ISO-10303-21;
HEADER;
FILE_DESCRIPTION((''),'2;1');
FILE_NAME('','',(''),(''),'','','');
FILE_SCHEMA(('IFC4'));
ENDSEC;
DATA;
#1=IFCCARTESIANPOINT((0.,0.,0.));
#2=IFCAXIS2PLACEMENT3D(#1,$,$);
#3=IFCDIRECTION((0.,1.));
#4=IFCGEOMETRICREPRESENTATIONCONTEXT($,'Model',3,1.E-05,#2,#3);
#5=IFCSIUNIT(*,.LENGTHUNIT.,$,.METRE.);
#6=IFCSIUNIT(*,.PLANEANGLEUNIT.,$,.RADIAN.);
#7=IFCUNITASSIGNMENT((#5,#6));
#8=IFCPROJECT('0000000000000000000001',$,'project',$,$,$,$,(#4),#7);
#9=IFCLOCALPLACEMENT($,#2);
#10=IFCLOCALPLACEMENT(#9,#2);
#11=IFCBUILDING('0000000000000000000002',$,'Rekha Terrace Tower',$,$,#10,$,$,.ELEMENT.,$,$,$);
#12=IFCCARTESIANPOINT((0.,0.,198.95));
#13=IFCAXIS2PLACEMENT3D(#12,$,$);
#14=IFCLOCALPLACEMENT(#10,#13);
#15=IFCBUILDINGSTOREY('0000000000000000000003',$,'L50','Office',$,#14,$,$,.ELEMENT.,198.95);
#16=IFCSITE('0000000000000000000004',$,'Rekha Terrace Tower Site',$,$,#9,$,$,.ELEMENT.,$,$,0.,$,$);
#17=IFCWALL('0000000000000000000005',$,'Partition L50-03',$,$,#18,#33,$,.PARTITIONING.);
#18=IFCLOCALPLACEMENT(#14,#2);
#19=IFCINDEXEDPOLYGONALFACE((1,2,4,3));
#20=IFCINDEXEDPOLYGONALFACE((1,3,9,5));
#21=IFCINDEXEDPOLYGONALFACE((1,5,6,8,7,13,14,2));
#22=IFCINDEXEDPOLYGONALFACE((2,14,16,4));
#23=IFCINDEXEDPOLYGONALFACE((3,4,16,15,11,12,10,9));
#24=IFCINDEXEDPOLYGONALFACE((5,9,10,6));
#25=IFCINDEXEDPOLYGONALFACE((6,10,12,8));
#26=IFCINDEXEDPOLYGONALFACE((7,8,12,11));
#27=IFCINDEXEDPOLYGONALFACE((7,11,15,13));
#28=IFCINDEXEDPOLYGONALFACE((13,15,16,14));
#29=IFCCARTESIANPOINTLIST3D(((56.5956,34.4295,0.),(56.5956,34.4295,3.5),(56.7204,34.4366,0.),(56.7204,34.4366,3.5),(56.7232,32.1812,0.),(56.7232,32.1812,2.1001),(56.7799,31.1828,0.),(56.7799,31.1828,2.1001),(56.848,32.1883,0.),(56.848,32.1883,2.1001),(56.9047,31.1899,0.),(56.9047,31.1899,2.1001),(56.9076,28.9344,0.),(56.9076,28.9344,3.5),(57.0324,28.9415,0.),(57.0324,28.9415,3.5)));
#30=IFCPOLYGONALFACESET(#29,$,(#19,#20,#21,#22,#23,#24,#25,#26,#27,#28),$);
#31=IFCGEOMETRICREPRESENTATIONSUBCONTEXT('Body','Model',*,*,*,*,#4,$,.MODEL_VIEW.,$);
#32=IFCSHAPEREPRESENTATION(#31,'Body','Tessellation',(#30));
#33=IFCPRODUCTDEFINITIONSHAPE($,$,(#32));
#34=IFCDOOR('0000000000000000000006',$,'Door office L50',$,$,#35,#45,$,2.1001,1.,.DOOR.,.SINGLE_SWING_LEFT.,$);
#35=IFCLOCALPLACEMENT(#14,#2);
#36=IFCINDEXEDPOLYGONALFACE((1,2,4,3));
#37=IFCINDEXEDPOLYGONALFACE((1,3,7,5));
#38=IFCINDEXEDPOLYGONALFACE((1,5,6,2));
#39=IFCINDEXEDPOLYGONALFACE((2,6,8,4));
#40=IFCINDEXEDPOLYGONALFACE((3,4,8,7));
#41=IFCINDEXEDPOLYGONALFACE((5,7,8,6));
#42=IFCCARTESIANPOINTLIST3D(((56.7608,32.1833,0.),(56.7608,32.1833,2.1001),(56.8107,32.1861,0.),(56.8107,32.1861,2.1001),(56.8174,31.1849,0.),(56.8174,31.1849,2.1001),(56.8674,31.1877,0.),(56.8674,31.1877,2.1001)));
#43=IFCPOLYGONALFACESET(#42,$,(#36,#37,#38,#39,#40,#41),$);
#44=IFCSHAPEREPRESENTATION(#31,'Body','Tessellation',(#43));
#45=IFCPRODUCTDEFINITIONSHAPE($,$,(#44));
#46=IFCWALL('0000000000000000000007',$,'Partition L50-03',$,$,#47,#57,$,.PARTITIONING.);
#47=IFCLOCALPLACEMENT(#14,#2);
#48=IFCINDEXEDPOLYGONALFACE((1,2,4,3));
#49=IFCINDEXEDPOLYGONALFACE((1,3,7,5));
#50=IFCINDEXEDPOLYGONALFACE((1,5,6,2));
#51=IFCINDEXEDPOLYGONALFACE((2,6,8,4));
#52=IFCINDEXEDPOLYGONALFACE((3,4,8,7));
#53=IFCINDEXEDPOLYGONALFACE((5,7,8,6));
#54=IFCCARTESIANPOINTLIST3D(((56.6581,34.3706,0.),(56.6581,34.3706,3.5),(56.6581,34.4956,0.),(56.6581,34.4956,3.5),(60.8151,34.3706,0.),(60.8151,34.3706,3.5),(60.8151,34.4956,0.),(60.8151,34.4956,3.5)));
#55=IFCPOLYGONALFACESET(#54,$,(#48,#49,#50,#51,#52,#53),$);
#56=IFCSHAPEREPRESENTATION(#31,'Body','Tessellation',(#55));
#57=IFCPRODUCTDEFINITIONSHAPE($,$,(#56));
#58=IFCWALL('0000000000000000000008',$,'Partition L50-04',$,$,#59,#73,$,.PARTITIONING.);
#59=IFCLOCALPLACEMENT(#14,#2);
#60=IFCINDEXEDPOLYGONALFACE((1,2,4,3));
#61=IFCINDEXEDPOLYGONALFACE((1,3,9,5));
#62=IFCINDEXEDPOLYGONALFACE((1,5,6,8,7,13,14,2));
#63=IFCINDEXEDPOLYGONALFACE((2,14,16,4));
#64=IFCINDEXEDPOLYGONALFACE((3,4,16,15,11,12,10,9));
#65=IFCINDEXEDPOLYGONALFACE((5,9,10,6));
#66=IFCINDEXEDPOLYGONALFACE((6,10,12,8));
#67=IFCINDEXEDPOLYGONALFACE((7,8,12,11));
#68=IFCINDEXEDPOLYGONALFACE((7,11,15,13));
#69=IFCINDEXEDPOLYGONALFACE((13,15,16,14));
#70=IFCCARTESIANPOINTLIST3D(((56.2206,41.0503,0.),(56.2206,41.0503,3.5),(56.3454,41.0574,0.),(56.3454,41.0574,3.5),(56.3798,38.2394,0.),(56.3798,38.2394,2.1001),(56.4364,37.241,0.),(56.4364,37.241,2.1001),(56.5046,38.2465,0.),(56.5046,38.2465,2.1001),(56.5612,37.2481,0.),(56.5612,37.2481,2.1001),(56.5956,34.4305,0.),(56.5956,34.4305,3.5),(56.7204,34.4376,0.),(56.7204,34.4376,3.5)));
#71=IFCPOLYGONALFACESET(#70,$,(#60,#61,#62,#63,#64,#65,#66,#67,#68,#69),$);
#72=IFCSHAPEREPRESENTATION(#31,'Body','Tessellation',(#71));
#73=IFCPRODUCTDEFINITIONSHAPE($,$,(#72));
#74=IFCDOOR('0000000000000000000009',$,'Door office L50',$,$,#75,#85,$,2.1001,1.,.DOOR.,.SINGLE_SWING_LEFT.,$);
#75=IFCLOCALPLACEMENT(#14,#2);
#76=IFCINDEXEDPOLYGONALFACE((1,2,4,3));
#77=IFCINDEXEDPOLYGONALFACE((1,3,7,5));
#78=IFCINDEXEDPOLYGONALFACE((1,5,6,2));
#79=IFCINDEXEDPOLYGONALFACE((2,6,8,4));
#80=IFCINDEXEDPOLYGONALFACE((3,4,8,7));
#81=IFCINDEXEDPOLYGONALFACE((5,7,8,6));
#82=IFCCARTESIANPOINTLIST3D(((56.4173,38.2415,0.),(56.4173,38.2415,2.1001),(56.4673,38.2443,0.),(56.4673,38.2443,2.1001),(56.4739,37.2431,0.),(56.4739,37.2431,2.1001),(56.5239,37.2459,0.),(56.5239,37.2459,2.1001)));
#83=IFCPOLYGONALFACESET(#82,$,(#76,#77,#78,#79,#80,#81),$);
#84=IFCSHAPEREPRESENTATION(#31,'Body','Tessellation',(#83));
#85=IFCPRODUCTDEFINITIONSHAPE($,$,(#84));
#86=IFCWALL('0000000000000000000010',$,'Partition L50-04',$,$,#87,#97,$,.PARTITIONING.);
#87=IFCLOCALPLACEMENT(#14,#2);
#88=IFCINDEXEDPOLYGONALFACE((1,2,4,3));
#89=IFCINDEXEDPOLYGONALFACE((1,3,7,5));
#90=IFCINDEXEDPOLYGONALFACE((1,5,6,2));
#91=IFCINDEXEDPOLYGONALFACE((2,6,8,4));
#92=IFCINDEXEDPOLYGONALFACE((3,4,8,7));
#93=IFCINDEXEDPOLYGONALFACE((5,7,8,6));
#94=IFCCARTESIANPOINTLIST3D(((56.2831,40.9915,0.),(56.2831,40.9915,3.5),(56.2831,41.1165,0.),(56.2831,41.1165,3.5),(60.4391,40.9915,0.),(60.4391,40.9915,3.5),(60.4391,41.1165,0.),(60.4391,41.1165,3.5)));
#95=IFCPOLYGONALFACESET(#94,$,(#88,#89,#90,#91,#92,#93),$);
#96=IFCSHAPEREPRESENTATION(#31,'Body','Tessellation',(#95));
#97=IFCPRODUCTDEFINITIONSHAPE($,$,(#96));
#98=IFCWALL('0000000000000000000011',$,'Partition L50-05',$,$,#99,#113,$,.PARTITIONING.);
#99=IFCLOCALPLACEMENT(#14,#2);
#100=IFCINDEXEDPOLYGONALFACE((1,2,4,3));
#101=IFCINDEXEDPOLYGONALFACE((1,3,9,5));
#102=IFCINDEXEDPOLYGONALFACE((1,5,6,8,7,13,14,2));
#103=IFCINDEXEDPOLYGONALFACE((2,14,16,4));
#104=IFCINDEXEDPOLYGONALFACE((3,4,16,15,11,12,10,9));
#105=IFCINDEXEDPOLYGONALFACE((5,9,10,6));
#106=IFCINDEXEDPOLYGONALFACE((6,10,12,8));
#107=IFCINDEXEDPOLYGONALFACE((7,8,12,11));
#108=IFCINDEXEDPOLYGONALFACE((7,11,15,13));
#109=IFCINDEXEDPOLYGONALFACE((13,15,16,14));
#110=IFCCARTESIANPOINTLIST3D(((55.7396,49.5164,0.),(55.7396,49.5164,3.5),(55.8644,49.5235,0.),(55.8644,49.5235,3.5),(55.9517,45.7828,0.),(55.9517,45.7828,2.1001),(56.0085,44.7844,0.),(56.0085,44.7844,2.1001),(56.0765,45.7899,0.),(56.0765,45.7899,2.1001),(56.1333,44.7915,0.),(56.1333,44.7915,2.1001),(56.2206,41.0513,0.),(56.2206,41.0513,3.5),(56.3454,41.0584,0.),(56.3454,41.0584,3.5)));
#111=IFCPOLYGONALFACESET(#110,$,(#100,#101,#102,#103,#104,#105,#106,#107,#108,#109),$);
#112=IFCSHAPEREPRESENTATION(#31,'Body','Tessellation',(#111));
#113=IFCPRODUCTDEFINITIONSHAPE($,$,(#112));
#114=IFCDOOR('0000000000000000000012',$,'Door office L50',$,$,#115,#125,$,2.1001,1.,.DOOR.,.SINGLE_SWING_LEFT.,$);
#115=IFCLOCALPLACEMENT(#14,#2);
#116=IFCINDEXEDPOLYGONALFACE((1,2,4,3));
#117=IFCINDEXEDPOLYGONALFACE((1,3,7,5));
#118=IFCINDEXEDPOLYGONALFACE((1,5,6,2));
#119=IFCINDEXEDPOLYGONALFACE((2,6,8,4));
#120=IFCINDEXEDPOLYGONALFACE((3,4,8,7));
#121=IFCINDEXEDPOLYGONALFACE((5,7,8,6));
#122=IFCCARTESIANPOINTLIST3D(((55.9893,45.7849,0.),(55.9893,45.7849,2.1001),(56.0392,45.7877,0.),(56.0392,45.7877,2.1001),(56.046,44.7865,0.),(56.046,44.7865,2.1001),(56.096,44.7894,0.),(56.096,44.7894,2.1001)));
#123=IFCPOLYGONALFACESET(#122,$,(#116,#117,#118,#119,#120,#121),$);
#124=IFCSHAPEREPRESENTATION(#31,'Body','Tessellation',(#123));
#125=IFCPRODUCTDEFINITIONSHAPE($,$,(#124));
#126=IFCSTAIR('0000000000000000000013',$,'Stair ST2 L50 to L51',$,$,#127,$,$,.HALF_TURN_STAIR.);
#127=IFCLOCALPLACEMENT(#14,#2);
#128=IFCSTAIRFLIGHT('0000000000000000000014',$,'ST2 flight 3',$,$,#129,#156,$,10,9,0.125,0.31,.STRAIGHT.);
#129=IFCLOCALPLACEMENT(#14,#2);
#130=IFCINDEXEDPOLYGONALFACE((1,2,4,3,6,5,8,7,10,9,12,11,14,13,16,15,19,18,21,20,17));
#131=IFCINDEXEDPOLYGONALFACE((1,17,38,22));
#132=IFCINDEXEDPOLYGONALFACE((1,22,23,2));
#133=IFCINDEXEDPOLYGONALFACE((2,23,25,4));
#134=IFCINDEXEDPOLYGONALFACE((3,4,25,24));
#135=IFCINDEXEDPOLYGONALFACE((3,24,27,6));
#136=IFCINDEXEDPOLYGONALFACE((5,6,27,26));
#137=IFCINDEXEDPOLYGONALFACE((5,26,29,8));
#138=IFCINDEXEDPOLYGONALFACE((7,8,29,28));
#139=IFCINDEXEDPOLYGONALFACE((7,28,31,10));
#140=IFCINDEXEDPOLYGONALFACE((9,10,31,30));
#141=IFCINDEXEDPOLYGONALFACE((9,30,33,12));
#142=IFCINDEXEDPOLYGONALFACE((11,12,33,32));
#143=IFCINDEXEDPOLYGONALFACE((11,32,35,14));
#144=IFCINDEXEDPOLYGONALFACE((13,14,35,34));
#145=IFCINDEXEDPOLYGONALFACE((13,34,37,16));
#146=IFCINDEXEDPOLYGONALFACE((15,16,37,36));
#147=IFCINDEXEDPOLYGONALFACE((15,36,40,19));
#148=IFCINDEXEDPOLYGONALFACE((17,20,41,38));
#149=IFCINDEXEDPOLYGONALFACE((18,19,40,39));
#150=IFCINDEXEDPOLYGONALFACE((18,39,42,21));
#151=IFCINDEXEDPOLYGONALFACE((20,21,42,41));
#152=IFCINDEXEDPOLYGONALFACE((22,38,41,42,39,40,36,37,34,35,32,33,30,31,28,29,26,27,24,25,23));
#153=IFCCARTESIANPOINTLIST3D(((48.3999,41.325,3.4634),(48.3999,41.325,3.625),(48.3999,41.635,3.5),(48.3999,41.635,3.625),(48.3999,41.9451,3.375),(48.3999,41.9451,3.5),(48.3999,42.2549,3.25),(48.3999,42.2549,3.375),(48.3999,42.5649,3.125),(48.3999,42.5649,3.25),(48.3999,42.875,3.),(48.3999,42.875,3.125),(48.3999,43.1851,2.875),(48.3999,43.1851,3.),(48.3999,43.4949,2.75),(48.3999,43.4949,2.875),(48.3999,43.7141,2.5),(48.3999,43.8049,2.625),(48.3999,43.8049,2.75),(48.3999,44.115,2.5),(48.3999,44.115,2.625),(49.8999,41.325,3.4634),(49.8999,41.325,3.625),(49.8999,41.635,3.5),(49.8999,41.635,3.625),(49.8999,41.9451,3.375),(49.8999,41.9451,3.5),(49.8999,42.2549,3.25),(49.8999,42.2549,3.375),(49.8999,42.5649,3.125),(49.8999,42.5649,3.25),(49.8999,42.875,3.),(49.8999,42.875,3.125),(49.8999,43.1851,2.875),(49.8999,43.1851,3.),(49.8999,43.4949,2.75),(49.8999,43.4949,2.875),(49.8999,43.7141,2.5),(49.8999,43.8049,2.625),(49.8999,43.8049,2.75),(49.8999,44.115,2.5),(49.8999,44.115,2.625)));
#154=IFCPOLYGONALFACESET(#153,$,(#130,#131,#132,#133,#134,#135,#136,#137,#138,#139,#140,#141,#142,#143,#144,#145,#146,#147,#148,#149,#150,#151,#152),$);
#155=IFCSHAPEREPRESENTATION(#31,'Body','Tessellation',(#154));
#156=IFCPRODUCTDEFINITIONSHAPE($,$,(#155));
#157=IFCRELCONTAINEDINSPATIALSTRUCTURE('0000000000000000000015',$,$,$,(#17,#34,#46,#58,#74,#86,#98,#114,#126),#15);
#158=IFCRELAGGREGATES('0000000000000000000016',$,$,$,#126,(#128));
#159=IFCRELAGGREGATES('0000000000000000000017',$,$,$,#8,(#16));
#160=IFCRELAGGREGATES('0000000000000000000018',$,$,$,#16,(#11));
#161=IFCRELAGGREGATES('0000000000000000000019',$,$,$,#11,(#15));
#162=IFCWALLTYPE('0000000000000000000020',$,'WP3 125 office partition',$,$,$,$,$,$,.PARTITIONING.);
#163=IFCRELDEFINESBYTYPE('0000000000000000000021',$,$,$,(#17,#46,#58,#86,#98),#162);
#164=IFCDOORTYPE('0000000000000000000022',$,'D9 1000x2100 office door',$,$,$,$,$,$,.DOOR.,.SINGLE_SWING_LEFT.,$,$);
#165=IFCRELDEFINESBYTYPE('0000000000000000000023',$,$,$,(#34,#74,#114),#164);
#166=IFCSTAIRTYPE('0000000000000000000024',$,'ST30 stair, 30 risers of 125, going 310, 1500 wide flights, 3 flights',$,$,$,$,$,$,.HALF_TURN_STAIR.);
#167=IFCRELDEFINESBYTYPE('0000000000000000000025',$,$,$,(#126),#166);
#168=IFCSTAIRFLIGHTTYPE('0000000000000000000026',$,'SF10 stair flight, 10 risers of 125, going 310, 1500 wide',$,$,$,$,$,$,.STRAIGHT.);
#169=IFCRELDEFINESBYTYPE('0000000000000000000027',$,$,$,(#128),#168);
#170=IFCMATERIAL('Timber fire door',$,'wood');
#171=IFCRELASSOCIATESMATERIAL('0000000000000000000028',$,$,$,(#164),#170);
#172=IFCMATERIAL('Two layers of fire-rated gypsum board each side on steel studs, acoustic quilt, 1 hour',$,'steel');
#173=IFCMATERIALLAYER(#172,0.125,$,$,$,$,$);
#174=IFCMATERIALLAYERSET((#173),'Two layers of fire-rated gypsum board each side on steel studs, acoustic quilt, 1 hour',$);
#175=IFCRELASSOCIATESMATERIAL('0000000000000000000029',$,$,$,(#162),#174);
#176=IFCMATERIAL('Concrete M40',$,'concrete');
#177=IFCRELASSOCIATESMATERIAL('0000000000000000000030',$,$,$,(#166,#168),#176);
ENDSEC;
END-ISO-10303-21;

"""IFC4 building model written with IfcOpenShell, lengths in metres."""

from ifc_helpers import new_model, si_unit, direction, frame, frame_2d, origin, place, context, subcontext, project, spatial, polyline, rectangle, outline, extrude, material, layer, layer_set, type_object, element, fill, aggregate, save


model = new_model("IFC4")

# Units and contexts
model_context = context("Model", 3, precision=1e-05, world=origin(), true_north=direction((0.0, 1.0)))
body_context = subcontext(model_context, "Body", "Model", "MODEL_VIEW")
ifc_project = project(units=[si_unit("LENGTHUNIT", "METRE"), si_unit("PLANEANGLEUNIT", "RADIAN")], contexts=[model_context])

# Site, building, storey
site_placement = place(None, origin())
site = spatial("IfcSite", under=ifc_project, at=site_placement, Name="Rekha Terrace Tower Site", CompositionType="ELEMENT", RefElevation=0.0)
building_placement = place(site_placement, origin())
building = spatial("IfcBuilding", under=site, at=building_placement, Name="Rekha Terrace Tower", CompositionType="ELEMENT")
storey_placement = place(building_placement, frame((0.0, 0.0, 198.95)))
storey = spatial("IfcBuildingStorey", under=building, at=storey_placement, Name="L50", Description="Office", CompositionType="ELEMENT", Elevation=198.95)

# Wall, opening, door
ifc_material_1 = material(Name="Timber fire door", Category="wood")
door_type = type_object("IfcDoorType", Name="D9 1000x2100 office door", OperationType="SINGLE_SWING_LEFT", PredefinedType="DOOR", material=ifc_material_1)
ifc_material_2 = material(Name="Two layers of fire-rated gypsum board each side on steel studs, acoustic quilt, 1 hour", Category="steel")
ifc_layer_1 = layer(ifc_material_2, 0.125)
ifc_layer_set_1 = layer_set([ifc_layer_1], Name="Two layers of fire-rated gypsum board each side on steel studs, acoustic quilt, 1 hour")
wall_type_1 = type_object("IfcWallType", Name="WP3 125 office partition", PredefinedType="PARTITIONING", material=ifc_layer_set_1)
wall_1_placement = place(storey_placement, frame((56.97, 28.938, 0.0), z_axis=(0.0, 0.0, 1.0), x_axis=(-0.056689, 0.998392, 0.0)))
wall_1 = element("IfcWall", 1, at=wall_1_placement, inside=storey, type_object=wall_type_1, Name="Partition L50-03", PredefinedType="PARTITIONING", context=body_context, shape_type="SweptSolid", body=[
    extrude(rectangle(XDim=5.5039, YDim=0.125, at=frame_2d((2.752, 0.0))), origin(), (0.0, 0.0, 1.0), 3.5),
])
opening_1_placement = place(wall_1_placement, frame((2.252, 0.0, 0.0)))
opening_1 = element("IfcOpeningElement", 2, at=opening_1_placement, cuts=wall_1, PredefinedType="OPENING", context=body_context, shape_type="SweptSolid", body=[
    extrude(rectangle(XDim=1.0, YDim=2.1001, at=frame_2d((0.5, 1.05))), frame((0.0, 0.0725, 0.0), z_axis=(0.0, -1.0, 0.0), x_axis=(1.0, 0.0, 0.0)), (0.0, 0.0, 1.0), 0.145),
])
door_1_placement = place(opening_1_placement, origin())
door_1 = element("IfcDoor", 3, at=door_1_placement, inside=storey, type_object=door_type, Name="Door office L50", OperationType="SINGLE_SWING_LEFT", OverallHeight=2.1001, OverallWidth=1.0, PredefinedType="DOOR", context=body_context, shape_type="SweptSolid", body=[
    extrude(rectangle(XDim=1.0, YDim=2.1001, at=frame_2d((0.5, 1.05))), frame((0.0, 0.0249, 0.0), z_axis=(0.0, -1.0, 0.0), x_axis=(1.0, 0.0, 0.0)), (0.0, 0.0, 1.0), 0.05),
])
fill(opening_1, door_1)

# Wall
wall_2_placement = place(storey_placement, frame((56.658, 34.4331, 0.0), z_axis=(0.0, 0.0, 1.0), x_axis=(1.0, 0.0, 0.0)))
element("IfcWall", 4, at=wall_2_placement, inside=storey, type_object=wall_type_1, Name="Partition L50-03", PredefinedType="PARTITIONING", context=body_context, shape_type="SweptSolid", body=[
    extrude(rectangle(XDim=4.157, YDim=0.125, at=frame_2d((2.0786, 0.0))), origin(), (0.0, 0.0, 1.0), 3.5),
])

# Wall, opening, door
wall_3_placement = place(storey_placement, frame((56.658, 34.4341, 0.0), z_axis=(0.0, 0.0, 1.0), x_axis=(-0.056557, 0.998399, 0.0)))
wall_3 = element("IfcWall", 5, at=wall_3_placement, inside=storey, type_object=wall_type_1, Name="Partition L50-04", PredefinedType="PARTITIONING", context=body_context, shape_type="SweptSolid", body=[
    extrude(rectangle(XDim=6.6304, YDim=0.125, at=frame_2d((3.3152, 0.0))), origin(), (0.0, 0.0, 1.0), 3.5),
])
opening_2_placement = place(wall_3_placement, frame((2.8149, 0.0, 0.0)))
opening_2 = element("IfcOpeningElement", 6, at=opening_2_placement, cuts=wall_3, PredefinedType="OPENING", context=body_context, shape_type="SweptSolid", body=[
    extrude(rectangle(XDim=1.0, YDim=2.1001, at=frame_2d((0.5, 1.05))), frame((0.0, 0.0725, 0.0), z_axis=(0.0, -1.0, 0.0), x_axis=(1.0, 0.0, 0.0)), (0.0, 0.0, 1.0), 0.145),
])
door_2_placement = place(opening_2_placement, origin())
door_2 = element("IfcDoor", 7, at=door_2_placement, inside=storey, type_object=door_type, Name="Door office L50", OperationType="SINGLE_SWING_LEFT", OverallHeight=2.1001, OverallWidth=1.0, PredefinedType="DOOR", context=body_context, shape_type="SweptSolid", body=[
    extrude(rectangle(XDim=1.0, YDim=2.1001, at=frame_2d((0.5, 1.05))), frame((0.0, 0.0249, 0.0), z_axis=(0.0, -1.0, 0.0), x_axis=(1.0, 0.0, 0.0)), (0.0, 0.0, 1.0), 0.05),
])
fill(opening_2, door_2)

# Wall
wall_4_placement = place(storey_placement, frame((56.283, 41.054, 0.0), z_axis=(0.0, 0.0, 1.0), x_axis=(1.0, 0.0, 0.0)))
element("IfcWall", 8, at=wall_4_placement, inside=storey, type_object=wall_type_1, Name="Partition L50-04", PredefinedType="PARTITIONING", context=body_context, shape_type="SweptSolid", body=[
    extrude(rectangle(XDim=4.156, YDim=0.125, at=frame_2d((2.0781, 0.0))), origin(), (0.0, 0.0, 1.0), 3.5),
])

# Wall, opening, door
wall_5_placement = place(storey_placement, frame((56.283, 41.0549, 0.0), z_axis=(0.0, 0.0, 1.0), x_axis=(-0.056725, 0.99839, 0.0)))
wall_5 = element("IfcWall", 9, at=wall_5_placement, inside=storey, type_object=wall_type_1, Name="Partition L50-05", PredefinedType="PARTITIONING", context=body_context, shape_type="SweptSolid", body=[
    extrude(rectangle(XDim=8.4788, YDim=0.125, at=frame_2d((4.2393, 0.0))), origin(), (0.0, 0.0, 1.0), 3.5),
])
opening_3_placement = place(wall_5_placement, frame((3.739, 0.0, 0.0)))
opening_3 = element("IfcOpeningElement", 10, at=opening_3_placement, cuts=wall_5, PredefinedType="OPENING", context=body_context, shape_type="SweptSolid", body=[
    extrude(rectangle(XDim=1.0, YDim=2.1001, at=frame_2d((0.5, 1.05))), frame((0.0, 0.0725, 0.0), z_axis=(0.0, -1.0, 0.0), x_axis=(1.0, 0.0, 0.0)), (0.0, 0.0, 1.0), 0.145),
])
door_3_placement = place(opening_3_placement, origin())
door_3 = element("IfcDoor", 11, at=door_3_placement, inside=storey, type_object=door_type, Name="Door office L50", OperationType="SINGLE_SWING_LEFT", OverallHeight=2.1001, OverallWidth=1.0, PredefinedType="DOOR", context=body_context, shape_type="SweptSolid", body=[
    extrude(rectangle(XDim=1.0, YDim=2.1001, at=frame_2d((0.5, 1.05))), frame((0.0, 0.0249, 0.0), z_axis=(0.0, -1.0, 0.0), x_axis=(1.0, 0.0, 0.0)), (0.0, 0.0, 1.0), 0.05),
])
fill(opening_3, door_3)

# Stair, stair flight
ifc_material_3 = material(Name="Concrete M40", Category="concrete")
stair_type = type_object("IfcStairType", Name="ST30 stair, 30 risers of 125, going 310, 1500 wide flights, 3 flights", PredefinedType="HALF_TURN_STAIR", material=ifc_material_3)
stair_placement = place(storey_placement, origin())
stair = element("IfcStair", 12, at=stair_placement, inside=storey, type_object=stair_type, Name="Stair ST2 L50 to L51", PredefinedType="HALF_TURN_STAIR")
stair_flight_type = type_object("IfcStairFlightType", Name="SF10 stair flight, 10 risers of 125, going 310, 1500 wide", PredefinedType="STRAIGHT", material=ifc_material_3)
stair_flight_placement = place(storey_placement, frame((49.1499, 44.115, 2.5), z_axis=(0.0, 0.0, 1.0), x_axis=(0.0, -1.0, 0.0)))
stair_flight = element("IfcStairFlight", 13, at=stair_flight_placement, type_object=stair_flight_type, Name="ST2 flight 3", NumberOfRisers=10, NumberOfTreads=9, PredefinedType="STRAIGHT", RiserHeight=0.125, TreadLength=0.31, context=body_context, shape_type="SweptSolid", body=[
    extrude(outline(polyline([(0.0, 0.0), (0.0, 0.125), (0.3101, 0.125), (0.3101, 0.25), (0.6201, 0.25), (0.6201, 0.375), (0.9299, 0.375), (0.9299, 0.5), (1.24, 0.5), (1.24, 0.625), (1.55, 0.625), (1.55, 0.75), (1.8601, 0.75), (1.8601, 0.875), (2.1699, 0.875), (2.1699, 1.0), (2.48, 1.0), (2.48, 1.125), (2.79, 1.125), (2.79, 1.25), (2.79, 0.9634), (0.4009, 0.0), (0.0, 0.0)])), frame((0.0, 0.75, 0.0), z_axis=(0.0, -1.0, 0.0), x_axis=(1.0, 0.0, 0.0)), (0.0, 0.0, 1.0), 1.5),
])
aggregate(stair, [stair_flight])

save(model, "model.ifc")
